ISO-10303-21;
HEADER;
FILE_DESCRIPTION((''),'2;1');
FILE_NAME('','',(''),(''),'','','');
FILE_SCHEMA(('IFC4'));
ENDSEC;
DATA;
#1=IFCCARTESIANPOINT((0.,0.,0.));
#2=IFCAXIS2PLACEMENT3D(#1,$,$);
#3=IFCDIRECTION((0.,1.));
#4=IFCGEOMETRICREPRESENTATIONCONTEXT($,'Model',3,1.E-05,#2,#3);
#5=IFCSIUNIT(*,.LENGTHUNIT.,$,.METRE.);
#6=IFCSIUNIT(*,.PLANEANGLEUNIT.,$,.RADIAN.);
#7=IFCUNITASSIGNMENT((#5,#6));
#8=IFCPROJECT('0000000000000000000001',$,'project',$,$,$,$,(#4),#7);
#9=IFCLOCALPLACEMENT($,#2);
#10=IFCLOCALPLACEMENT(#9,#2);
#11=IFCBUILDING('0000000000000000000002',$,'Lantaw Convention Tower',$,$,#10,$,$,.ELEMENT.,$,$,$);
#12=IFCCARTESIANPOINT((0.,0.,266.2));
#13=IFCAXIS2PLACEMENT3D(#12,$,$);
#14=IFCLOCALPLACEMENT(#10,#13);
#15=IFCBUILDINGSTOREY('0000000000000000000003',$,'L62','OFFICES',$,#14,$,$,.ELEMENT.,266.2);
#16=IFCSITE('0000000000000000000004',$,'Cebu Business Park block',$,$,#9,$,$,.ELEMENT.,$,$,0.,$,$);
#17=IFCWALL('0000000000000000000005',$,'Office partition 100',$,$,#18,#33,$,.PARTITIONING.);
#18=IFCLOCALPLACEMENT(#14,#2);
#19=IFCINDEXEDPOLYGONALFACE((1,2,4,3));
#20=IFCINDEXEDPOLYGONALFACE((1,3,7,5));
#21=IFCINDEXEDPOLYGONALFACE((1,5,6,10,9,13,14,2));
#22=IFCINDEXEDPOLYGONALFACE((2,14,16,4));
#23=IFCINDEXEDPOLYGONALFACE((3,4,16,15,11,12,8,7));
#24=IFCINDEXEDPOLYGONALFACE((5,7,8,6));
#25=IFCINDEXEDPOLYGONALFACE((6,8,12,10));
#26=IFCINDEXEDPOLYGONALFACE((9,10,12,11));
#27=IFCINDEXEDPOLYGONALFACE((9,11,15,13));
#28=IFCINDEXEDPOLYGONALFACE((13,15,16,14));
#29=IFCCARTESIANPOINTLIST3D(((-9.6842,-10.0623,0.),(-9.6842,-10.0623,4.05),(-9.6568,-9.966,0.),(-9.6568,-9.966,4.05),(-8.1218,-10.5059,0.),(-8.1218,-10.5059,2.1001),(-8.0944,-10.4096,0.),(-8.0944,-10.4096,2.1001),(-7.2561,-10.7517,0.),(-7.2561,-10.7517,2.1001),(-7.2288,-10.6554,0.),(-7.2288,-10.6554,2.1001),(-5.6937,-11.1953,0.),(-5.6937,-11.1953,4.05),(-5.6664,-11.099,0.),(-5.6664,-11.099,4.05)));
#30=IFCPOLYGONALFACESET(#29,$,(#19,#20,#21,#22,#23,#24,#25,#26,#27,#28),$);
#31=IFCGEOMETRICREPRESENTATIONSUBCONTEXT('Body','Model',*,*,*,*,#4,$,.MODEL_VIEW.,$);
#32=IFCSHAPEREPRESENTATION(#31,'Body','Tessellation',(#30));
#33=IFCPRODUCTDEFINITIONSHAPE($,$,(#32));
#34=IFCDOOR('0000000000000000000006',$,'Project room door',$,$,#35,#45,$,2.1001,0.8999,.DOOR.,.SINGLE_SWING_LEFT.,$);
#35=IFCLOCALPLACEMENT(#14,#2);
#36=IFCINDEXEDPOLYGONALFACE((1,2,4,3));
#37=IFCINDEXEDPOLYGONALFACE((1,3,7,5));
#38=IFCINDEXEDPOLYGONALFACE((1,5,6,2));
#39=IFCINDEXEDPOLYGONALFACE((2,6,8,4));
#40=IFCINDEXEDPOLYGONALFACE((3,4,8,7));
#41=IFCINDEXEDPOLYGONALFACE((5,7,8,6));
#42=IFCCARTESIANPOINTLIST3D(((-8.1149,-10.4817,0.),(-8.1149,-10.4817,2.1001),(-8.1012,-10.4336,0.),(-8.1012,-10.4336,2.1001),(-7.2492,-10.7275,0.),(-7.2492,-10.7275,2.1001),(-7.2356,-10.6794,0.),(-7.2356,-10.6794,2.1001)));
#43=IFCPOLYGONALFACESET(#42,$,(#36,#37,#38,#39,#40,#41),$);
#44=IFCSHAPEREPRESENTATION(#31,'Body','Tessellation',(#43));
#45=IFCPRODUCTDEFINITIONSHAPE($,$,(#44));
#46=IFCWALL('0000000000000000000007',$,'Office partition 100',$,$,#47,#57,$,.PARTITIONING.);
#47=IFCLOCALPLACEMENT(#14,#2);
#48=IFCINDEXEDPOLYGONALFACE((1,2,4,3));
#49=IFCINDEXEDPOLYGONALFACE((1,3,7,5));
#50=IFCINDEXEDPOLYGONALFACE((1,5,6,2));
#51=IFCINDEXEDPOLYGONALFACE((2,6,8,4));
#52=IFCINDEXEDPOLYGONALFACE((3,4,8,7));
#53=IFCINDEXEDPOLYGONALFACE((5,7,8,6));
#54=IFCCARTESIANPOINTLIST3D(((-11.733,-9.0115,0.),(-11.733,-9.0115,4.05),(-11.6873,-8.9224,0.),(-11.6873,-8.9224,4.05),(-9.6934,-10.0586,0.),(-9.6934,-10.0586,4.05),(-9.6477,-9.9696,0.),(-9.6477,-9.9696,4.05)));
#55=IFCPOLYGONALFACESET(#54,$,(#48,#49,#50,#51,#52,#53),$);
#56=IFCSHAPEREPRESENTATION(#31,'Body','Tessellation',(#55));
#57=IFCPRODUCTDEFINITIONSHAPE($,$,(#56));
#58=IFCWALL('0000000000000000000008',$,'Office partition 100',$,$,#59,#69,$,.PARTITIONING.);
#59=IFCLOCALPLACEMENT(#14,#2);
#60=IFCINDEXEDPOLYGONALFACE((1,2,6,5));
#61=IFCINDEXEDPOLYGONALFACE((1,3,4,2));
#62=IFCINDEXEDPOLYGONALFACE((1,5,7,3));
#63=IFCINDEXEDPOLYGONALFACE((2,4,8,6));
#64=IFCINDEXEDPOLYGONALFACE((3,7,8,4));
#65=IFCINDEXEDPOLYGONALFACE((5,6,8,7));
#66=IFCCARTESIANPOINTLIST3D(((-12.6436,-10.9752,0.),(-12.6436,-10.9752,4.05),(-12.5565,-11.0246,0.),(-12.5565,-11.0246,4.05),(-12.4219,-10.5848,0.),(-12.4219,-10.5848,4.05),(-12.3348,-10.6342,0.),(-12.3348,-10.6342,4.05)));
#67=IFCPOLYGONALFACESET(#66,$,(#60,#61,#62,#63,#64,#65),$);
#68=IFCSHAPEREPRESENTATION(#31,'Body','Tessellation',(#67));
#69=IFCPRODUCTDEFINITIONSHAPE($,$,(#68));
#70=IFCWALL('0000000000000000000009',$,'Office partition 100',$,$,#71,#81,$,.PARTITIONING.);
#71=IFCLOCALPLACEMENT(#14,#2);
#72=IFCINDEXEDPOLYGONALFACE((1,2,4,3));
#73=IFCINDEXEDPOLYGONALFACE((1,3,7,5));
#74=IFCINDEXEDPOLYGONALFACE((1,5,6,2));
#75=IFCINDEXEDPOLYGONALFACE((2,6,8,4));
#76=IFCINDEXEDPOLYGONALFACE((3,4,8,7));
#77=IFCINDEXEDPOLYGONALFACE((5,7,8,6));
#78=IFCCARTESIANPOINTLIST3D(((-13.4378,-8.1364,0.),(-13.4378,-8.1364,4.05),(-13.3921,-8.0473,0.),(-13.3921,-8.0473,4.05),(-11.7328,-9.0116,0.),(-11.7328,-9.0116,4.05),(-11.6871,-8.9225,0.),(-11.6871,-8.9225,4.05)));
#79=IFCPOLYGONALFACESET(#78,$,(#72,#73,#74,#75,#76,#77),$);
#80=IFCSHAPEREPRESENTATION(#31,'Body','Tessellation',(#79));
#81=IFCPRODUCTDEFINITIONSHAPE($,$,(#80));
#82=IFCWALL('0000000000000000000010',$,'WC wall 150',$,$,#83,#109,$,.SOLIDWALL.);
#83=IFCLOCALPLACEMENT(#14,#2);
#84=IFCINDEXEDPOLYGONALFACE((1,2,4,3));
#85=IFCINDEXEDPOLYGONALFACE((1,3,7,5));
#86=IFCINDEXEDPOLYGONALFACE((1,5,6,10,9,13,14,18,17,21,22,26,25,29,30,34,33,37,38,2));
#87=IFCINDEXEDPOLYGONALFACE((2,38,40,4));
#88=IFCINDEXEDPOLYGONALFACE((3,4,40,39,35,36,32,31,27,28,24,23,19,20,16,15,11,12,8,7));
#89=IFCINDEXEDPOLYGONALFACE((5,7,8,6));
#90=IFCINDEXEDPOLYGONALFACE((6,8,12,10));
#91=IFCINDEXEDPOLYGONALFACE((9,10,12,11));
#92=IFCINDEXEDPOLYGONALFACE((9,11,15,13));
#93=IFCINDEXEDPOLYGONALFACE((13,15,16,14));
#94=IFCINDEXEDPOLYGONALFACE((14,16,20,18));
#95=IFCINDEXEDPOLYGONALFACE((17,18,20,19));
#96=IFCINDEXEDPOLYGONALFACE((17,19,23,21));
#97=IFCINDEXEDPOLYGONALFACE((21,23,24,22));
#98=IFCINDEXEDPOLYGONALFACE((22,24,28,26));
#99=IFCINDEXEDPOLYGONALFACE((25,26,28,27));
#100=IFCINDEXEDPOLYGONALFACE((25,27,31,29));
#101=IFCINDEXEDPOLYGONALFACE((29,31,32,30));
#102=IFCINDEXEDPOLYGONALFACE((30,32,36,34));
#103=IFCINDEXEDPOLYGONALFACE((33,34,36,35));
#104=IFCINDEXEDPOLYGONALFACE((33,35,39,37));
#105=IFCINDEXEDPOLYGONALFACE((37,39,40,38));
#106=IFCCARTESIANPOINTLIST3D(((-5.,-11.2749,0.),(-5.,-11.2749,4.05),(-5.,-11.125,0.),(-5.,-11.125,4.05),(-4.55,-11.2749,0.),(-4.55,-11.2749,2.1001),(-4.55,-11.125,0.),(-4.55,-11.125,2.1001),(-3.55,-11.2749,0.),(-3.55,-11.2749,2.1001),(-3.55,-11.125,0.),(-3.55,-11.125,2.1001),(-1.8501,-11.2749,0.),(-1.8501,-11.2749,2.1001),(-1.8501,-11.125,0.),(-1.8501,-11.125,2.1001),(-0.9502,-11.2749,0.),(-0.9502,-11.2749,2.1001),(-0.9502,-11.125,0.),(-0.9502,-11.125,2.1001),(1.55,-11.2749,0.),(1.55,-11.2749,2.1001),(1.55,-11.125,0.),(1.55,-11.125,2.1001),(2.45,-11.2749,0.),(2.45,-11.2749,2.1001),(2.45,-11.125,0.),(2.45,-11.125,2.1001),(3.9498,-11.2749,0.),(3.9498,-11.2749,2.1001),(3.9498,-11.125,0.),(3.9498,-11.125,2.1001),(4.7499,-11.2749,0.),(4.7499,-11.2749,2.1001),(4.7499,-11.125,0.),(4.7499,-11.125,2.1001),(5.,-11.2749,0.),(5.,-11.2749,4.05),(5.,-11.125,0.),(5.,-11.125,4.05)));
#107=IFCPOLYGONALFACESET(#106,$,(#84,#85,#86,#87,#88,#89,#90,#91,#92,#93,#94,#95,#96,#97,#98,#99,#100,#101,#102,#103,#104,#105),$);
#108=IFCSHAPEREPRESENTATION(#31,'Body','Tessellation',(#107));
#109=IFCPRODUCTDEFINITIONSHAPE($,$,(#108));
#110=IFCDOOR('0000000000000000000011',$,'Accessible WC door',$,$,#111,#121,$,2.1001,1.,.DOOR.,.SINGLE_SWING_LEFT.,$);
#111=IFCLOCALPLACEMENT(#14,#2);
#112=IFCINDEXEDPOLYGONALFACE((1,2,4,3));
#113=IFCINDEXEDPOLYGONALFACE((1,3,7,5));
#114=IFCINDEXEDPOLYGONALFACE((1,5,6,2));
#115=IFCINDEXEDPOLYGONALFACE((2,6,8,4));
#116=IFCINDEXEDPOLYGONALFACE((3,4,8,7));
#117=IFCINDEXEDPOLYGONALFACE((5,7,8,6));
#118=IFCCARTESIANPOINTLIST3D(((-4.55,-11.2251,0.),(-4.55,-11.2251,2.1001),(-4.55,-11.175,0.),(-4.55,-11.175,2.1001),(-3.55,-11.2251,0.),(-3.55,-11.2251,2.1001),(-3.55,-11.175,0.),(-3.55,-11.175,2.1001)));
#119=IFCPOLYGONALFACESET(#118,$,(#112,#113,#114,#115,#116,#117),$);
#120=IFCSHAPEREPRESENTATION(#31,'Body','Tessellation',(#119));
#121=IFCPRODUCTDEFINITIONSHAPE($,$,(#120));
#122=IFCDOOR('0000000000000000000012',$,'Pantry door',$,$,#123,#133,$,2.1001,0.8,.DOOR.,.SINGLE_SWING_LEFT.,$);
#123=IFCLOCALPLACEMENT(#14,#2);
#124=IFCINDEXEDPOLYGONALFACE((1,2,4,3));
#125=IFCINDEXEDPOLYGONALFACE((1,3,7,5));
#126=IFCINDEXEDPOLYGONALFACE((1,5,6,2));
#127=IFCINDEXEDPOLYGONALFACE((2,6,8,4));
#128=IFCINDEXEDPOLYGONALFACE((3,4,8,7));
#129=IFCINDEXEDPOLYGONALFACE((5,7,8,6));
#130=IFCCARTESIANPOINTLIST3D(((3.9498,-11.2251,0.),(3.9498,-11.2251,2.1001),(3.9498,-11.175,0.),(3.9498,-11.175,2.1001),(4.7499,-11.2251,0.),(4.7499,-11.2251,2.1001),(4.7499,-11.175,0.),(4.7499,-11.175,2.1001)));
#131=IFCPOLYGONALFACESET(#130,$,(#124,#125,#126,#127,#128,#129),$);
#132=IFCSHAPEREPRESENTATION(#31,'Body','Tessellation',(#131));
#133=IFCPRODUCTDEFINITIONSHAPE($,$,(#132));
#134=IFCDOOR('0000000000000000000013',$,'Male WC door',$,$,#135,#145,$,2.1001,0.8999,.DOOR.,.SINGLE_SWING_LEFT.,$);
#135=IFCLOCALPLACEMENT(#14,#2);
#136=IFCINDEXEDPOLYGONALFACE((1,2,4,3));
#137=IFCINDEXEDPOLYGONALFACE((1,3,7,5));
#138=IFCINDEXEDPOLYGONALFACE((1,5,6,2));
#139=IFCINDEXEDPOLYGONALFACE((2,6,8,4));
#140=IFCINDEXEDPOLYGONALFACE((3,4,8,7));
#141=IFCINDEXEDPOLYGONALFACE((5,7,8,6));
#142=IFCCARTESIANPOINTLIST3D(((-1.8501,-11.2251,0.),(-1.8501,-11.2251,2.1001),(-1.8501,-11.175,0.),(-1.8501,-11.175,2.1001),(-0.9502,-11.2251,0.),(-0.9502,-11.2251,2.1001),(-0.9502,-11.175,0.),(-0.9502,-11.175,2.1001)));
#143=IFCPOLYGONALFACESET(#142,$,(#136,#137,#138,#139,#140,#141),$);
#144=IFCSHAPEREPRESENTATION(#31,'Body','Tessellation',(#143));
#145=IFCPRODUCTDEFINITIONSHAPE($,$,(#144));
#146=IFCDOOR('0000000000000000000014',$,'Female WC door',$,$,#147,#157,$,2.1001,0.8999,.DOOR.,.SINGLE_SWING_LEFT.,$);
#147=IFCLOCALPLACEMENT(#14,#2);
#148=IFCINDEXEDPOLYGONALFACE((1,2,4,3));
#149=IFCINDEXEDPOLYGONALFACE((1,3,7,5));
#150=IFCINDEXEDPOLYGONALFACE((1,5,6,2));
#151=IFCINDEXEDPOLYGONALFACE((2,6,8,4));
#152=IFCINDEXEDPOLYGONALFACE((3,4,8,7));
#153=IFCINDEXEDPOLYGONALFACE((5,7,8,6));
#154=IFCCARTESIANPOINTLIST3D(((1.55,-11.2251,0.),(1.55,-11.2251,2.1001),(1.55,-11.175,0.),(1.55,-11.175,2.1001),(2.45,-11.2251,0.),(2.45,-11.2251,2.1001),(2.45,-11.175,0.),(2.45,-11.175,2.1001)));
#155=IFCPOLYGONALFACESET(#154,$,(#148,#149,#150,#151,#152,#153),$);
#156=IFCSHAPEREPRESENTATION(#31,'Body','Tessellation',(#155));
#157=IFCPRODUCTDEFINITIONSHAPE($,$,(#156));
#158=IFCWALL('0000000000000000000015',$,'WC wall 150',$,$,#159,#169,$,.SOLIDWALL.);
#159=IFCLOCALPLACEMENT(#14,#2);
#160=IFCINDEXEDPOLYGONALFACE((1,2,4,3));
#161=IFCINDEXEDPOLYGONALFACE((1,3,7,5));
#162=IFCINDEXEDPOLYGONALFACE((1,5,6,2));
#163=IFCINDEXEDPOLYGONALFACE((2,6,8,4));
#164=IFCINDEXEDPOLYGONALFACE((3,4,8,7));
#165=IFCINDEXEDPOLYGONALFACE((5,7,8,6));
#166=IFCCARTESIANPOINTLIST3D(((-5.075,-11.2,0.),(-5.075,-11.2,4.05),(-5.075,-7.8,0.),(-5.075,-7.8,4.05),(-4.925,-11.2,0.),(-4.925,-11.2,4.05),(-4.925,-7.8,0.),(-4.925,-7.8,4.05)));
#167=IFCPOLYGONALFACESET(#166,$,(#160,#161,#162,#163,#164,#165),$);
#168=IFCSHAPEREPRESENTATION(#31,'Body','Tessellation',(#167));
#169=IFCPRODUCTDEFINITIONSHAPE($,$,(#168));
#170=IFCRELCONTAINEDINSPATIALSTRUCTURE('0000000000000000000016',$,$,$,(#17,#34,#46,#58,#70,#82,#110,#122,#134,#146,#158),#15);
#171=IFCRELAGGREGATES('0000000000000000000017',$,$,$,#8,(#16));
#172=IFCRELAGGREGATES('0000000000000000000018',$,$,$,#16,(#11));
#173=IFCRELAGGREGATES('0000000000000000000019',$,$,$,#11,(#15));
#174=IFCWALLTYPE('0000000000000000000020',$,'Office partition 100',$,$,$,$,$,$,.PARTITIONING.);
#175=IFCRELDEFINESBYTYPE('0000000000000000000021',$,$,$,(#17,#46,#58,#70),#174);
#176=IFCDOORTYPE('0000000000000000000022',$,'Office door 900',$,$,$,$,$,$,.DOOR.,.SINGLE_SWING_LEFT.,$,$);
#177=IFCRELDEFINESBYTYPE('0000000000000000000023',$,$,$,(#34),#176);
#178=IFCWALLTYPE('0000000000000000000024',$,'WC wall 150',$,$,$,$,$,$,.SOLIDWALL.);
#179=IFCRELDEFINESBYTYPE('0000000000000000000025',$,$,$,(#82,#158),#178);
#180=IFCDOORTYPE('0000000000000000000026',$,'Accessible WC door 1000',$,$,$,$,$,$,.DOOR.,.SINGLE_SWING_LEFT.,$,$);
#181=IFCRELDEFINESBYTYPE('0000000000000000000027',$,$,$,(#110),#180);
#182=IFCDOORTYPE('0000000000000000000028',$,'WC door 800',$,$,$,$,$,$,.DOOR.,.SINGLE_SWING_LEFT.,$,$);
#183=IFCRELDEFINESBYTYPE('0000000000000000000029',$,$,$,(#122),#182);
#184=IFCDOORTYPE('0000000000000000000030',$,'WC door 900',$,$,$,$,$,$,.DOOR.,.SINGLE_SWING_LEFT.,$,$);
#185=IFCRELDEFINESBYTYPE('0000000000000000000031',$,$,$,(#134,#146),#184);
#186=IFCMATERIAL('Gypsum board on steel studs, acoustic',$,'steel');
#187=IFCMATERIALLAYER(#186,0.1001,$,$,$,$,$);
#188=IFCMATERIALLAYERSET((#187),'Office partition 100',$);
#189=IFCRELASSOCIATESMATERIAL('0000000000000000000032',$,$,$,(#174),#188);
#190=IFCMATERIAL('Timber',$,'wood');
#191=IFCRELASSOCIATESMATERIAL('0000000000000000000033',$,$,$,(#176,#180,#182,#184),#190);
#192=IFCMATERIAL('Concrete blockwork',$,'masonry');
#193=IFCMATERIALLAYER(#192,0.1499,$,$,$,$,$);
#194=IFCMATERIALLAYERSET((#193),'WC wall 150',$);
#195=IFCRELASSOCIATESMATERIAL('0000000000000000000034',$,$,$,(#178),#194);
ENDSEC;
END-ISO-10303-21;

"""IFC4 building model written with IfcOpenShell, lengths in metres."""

from ifc_helpers import new_model, si_unit, direction, frame, frame_2d, origin, place, context, subcontext, project, spatial, rectangle, extrude, material, layer, layer_set, type_object, element, fill, save


model = new_model("IFC4")

# Units and contexts
model_context = context("Model", 3, precision=1e-05, world=origin(), true_north=direction((0.0, 1.0)))
body_context = subcontext(model_context, "Body", "Model", "MODEL_VIEW")
ifc_project = project(units=[si_unit("LENGTHUNIT", "METRE"), si_unit("PLANEANGLEUNIT", "RADIAN")], contexts=[model_context])

# Site, building, storey
site_placement = place(None, origin())
site = spatial("IfcSite", under=ifc_project, at=site_placement, Name="Cebu Business Park block", CompositionType="ELEMENT", RefElevation=0.0)
building_placement = place(site_placement, origin())
building = spatial("IfcBuilding", under=site, at=building_placement, Name="Lantaw Convention Tower", CompositionType="ELEMENT")
storey_placement = place(building_placement, frame((0.0, 0.0, 266.2)))
storey = spatial("IfcBuildingStorey", under=building, at=storey_placement, Name="L62", Description="OFFICES", CompositionType="ELEMENT", Elevation=266.2)

# Shared definitions
ifc_material_1 = material(Name="Gypsum board on steel studs, acoustic", Category="steel")
ifc_layer_1 = layer(ifc_material_1, 0.1001)
ifc_layer_set_1 = layer_set([ifc_layer_1], Name="Office partition 100")
wall_type_1 = type_object("IfcWallType", Name="Office partition 100", PredefinedType="PARTITIONING", material=ifc_layer_set_1)

# Wall, opening, door
wall_1_placement = place(storey_placement, frame((-5.6799, -11.1472, 0.0), z_axis=(0.0, 0.0, 1.0), x_axis=(-0.961973, 0.273143, 0.0)))
wall_1 = element("IfcWall", 1, at=wall_1_placement, inside=storey, type_object=wall_type_1, Name="Office partition 100", PredefinedType="PARTITIONING", context=body_context, shape_type="SweptSolid", body=[
    extrude(rectangle(XDim=4.1482, YDim=0.1001, at=frame_2d((2.0742, 0.0))), origin(), (0.0, 0.0, 1.0), 4.05),
])
opening_1_placement = place(wall_1_placement, frame((1.6243, 0.0, 0.0)))
opening_1 = element("IfcOpeningElement", 2, at=opening_1_placement, cuts=wall_1, PredefinedType="OPENING", context=body_context, shape_type="SweptSolid", body=[
    extrude(rectangle(XDim=0.8999, YDim=2.1001, at=frame_2d((0.45, 1.05))), frame((0.0, 0.0601, 0.0), z_axis=(0.0, -1.0, 0.0), x_axis=(1.0, 0.0, 0.0)), (0.0, 0.0, 1.0), 0.1201),
])
ifc_material_2 = material(Name="Timber", Category="wood")
door_type_1 = type_object("IfcDoorType", Name="Office door 900", OperationType="SINGLE_SWING_LEFT", PredefinedType="DOOR", material=ifc_material_2)
door_1_placement = place(opening_1_placement, origin())
door_1 = element("IfcDoor", 3, at=door_1_placement, inside=storey, type_object=door_type_1, Name="Project room door", OperationType="SINGLE_SWING_LEFT", OverallHeight=2.1001, OverallWidth=0.8999, PredefinedType="DOOR", context=body_context, shape_type="SweptSolid", body=[
    extrude(rectangle(XDim=0.8999, YDim=2.1001, at=frame_2d((0.45, 1.05))), frame((0.0, 0.0249, 0.0), z_axis=(0.0, -1.0, 0.0), x_axis=(1.0, 0.0, 0.0)), (0.0, 0.0, 1.0), 0.05),
])
fill(opening_1, door_1)

# Walls
wall_2_placement = place(storey_placement, frame((-9.6704, -10.0142, 0.0), z_axis=(0.0, 0.0, 1.0), x_axis=(-0.889606, 0.45673, 0.0)))
element("IfcWall", 4, at=wall_2_placement, inside=storey, type_object=wall_type_1, Name="Office partition 100", PredefinedType="PARTITIONING", context=body_context, shape_type="SweptSolid", body=[
    extrude(rectangle(XDim=2.2927, YDim=0.1001, at=frame_2d((1.1465, 0.0))), origin(), (0.0, 0.0, 1.0), 4.05),
])
wall_3_placement = place(storey_placement, frame((-12.6001, -11.0, 0.0), z_axis=(0.0, 0.0, 1.0), x_axis=(0.493794, 0.869579, 0.0)))
element("IfcWall", 5, at=wall_3_placement, inside=storey, type_object=wall_type_1, Name="Office partition 100", PredefinedType="PARTITIONING", context=body_context, shape_type="SweptSolid", body=[
    extrude(rectangle(XDim=0.449, YDim=0.1001, at=frame_2d((0.2246, 0.0))), origin(), (0.0, 0.0, 1.0), 4.05),
])
wall_4_placement = place(storey_placement, frame((-11.71, -8.967, 0.0), z_axis=(0.0, 0.0, 1.0), x_axis=(-0.889638, 0.456666, 0.0)))
element("IfcWall", 6, at=wall_4_placement, inside=storey, type_object=wall_type_1, Name="Office partition 100", PredefinedType="PARTITIONING", context=body_context, shape_type="SweptSolid", body=[
    extrude(rectangle(XDim=1.9165, YDim=0.1001, at=frame_2d((0.9583, 0.0))), origin(), (0.0, 0.0, 1.0), 4.05),
])

# Wall, openings, doors
ifc_material_3 = material(Name="Concrete blockwork", Category="masonry")
ifc_layer_2 = layer(ifc_material_3, 0.1499)
ifc_layer_set_2 = layer_set([ifc_layer_2], Name="WC wall 150")
wall_type_2 = type_object("IfcWallType", Name="WC wall 150", PredefinedType="SOLIDWALL", material=ifc_layer_set_2)
wall_5_placement = place(storey_placement, frame((-5.0, -11.2, 0.0), z_axis=(0.0, 0.0, 1.0), x_axis=(1.0, 0.0, 0.0)))
wall_5 = element("IfcWall", 7, at=wall_5_placement, inside=storey, type_object=wall_type_2, Name="WC wall 150", PredefinedType="SOLIDWALL", context=body_context, shape_type="SweptSolid", body=[
    extrude(rectangle(XDim=10.0, YDim=0.1499, at=frame_2d((5.0, 0.0))), origin(), (0.0, 0.0, 1.0), 4.05),
])
opening_2_placement = place(wall_5_placement, frame((0.45, 0.0, 0.0)))
opening_2 = element("IfcOpeningElement", 8, at=opening_2_placement, cuts=wall_5, PredefinedType="OPENING", context=body_context, shape_type="SweptSolid", body=[
    extrude(rectangle(XDim=1.0, YDim=2.1001, at=frame_2d((0.5, 1.05))), frame((0.0, 0.085, 0.0), z_axis=(0.0, -1.0, 0.0), x_axis=(1.0, 0.0, 0.0)), (0.0, 0.0, 1.0), 0.1699),
])
opening_3_placement = place(wall_5_placement, frame((3.1499, 0.0, 0.0)))
opening_3 = element("IfcOpeningElement", 9, at=opening_3_placement, cuts=wall_5, PredefinedType="OPENING", context=body_context, shape_type="SweptSolid", body=[
    extrude(rectangle(XDim=0.8999, YDim=2.1001, at=frame_2d((0.45, 1.05))), frame((0.0, 0.085, 0.0), z_axis=(0.0, -1.0, 0.0), x_axis=(1.0, 0.0, 0.0)), (0.0, 0.0, 1.0), 0.1699),
])
opening_4_placement = place(wall_5_placement, frame((6.55, 0.0, 0.0)))
opening_4 = element("IfcOpeningElement", 10, at=opening_4_placement, cuts=wall_5, PredefinedType="OPENING", context=body_context, shape_type="SweptSolid", body=[
    extrude(rectangle(XDim=0.8999, YDim=2.1001, at=frame_2d((0.45, 1.05))), frame((0.0, 0.085, 0.0), z_axis=(0.0, -1.0, 0.0), x_axis=(1.0, 0.0, 0.0)), (0.0, 0.0, 1.0), 0.1699),
])
opening_5_placement = place(wall_5_placement, frame((8.95, 0.0, 0.0)))
opening_5 = element("IfcOpeningElement", 11, at=opening_5_placement, cuts=wall_5, PredefinedType="OPENING", context=body_context, shape_type="SweptSolid", body=[
    extrude(rectangle(XDim=0.8, YDim=2.1001, at=frame_2d((0.3999, 1.05))), frame((0.0, 0.085, 0.0), z_axis=(0.0, -1.0, 0.0), x_axis=(1.0, 0.0, 0.0)), (0.0, 0.0, 1.0), 0.1699),
])
door_type_2 = type_object("IfcDoorType", Name="Accessible WC door 1000", OperationType="SINGLE_SWING_LEFT", PredefinedType="DOOR", material=ifc_material_2)
door_2_placement = place(opening_2_placement, origin())
door_2 = element("IfcDoor", 12, at=door_2_placement, inside=storey, type_object=door_type_2, Name="Accessible WC door", OperationType="SINGLE_SWING_LEFT", OverallHeight=2.1001, OverallWidth=1.0, PredefinedType="DOOR", context=body_context, shape_type="SweptSolid", body=[
    extrude(rectangle(XDim=1.0, YDim=2.1001, at=frame_2d((0.5, 1.05))), frame((0.0, 0.0249, 0.0), z_axis=(0.0, -1.0, 0.0), x_axis=(1.0, 0.0, 0.0)), (0.0, 0.0, 1.0), 0.05),
])
fill(opening_2, door_2)
door_type_3 = type_object("IfcDoorType", Name="WC door 800", OperationType="SINGLE_SWING_LEFT", PredefinedType="DOOR", material=ifc_material_2)
door_3_placement = place(opening_5_placement, origin())
door_3 = element("IfcDoor", 13, at=door_3_placement, inside=storey, type_object=door_type_3, Name="Pantry door", OperationType="SINGLE_SWING_LEFT", OverallHeight=2.1001, OverallWidth=0.8, PredefinedType="DOOR", context=body_context, shape_type="SweptSolid", body=[
    extrude(rectangle(XDim=0.8, YDim=2.1001, at=frame_2d((0.3999, 1.05))), frame((0.0, 0.0249, 0.0), z_axis=(0.0, -1.0, 0.0), x_axis=(1.0, 0.0, 0.0)), (0.0, 0.0, 1.0), 0.05),
])
fill(opening_5, door_3)
door_type_4 = type_object("IfcDoorType", Name="WC door 900", OperationType="SINGLE_SWING_LEFT", PredefinedType="DOOR", material=ifc_material_2)
door_4_placement = place(opening_3_placement, origin())
door_4 = element("IfcDoor", 14, at=door_4_placement, inside=storey, type_object=door_type_4, Name="Male WC door", OperationType="SINGLE_SWING_LEFT", OverallHeight=2.1001, OverallWidth=0.8999, PredefinedType="DOOR", context=body_context, shape_type="SweptSolid", body=[
    extrude(rectangle(XDim=0.8999, YDim=2.1001, at=frame_2d((0.45, 1.05))), frame((0.0, 0.0249, 0.0), z_axis=(0.0, -1.0, 0.0), x_axis=(1.0, 0.0, 0.0)), (0.0, 0.0, 1.0), 0.05),
])
fill(opening_3, door_4)
door_5_placement = place(opening_4_placement, origin())
door_5 = element("IfcDoor", 15, at=door_5_placement, inside=storey, type_object=door_type_4, Name="Female WC door", OperationType="SINGLE_SWING_LEFT", OverallHeight=2.1001, OverallWidth=0.8999, PredefinedType="DOOR", context=body_context, shape_type="SweptSolid", body=[
    extrude(rectangle(XDim=0.8999, YDim=2.1001, at=frame_2d((0.45, 1.05))), frame((0.0, 0.0249, 0.0), z_axis=(0.0, -1.0, 0.0), x_axis=(1.0, 0.0, 0.0)), (0.0, 0.0, 1.0), 0.05),
])
fill(opening_4, door_5)

# Wall
wall_6_placement = place(storey_placement, frame((-5.0, -7.8, 0.0), z_axis=(0.0, 0.0, 1.0), x_axis=(0.0, -1.0, 0.0)))
element("IfcWall", 16, at=wall_6_placement, inside=storey, type_object=wall_type_2, Name="WC wall 150", PredefinedType="SOLIDWALL", context=body_context, shape_type="SweptSolid", body=[
    extrude(rectangle(XDim=3.3999, YDim=0.1499, at=frame_2d((1.7, 0.0))), origin(), (0.0, 0.0, 1.0), 4.05),
])

save(model, "model.ifc")
